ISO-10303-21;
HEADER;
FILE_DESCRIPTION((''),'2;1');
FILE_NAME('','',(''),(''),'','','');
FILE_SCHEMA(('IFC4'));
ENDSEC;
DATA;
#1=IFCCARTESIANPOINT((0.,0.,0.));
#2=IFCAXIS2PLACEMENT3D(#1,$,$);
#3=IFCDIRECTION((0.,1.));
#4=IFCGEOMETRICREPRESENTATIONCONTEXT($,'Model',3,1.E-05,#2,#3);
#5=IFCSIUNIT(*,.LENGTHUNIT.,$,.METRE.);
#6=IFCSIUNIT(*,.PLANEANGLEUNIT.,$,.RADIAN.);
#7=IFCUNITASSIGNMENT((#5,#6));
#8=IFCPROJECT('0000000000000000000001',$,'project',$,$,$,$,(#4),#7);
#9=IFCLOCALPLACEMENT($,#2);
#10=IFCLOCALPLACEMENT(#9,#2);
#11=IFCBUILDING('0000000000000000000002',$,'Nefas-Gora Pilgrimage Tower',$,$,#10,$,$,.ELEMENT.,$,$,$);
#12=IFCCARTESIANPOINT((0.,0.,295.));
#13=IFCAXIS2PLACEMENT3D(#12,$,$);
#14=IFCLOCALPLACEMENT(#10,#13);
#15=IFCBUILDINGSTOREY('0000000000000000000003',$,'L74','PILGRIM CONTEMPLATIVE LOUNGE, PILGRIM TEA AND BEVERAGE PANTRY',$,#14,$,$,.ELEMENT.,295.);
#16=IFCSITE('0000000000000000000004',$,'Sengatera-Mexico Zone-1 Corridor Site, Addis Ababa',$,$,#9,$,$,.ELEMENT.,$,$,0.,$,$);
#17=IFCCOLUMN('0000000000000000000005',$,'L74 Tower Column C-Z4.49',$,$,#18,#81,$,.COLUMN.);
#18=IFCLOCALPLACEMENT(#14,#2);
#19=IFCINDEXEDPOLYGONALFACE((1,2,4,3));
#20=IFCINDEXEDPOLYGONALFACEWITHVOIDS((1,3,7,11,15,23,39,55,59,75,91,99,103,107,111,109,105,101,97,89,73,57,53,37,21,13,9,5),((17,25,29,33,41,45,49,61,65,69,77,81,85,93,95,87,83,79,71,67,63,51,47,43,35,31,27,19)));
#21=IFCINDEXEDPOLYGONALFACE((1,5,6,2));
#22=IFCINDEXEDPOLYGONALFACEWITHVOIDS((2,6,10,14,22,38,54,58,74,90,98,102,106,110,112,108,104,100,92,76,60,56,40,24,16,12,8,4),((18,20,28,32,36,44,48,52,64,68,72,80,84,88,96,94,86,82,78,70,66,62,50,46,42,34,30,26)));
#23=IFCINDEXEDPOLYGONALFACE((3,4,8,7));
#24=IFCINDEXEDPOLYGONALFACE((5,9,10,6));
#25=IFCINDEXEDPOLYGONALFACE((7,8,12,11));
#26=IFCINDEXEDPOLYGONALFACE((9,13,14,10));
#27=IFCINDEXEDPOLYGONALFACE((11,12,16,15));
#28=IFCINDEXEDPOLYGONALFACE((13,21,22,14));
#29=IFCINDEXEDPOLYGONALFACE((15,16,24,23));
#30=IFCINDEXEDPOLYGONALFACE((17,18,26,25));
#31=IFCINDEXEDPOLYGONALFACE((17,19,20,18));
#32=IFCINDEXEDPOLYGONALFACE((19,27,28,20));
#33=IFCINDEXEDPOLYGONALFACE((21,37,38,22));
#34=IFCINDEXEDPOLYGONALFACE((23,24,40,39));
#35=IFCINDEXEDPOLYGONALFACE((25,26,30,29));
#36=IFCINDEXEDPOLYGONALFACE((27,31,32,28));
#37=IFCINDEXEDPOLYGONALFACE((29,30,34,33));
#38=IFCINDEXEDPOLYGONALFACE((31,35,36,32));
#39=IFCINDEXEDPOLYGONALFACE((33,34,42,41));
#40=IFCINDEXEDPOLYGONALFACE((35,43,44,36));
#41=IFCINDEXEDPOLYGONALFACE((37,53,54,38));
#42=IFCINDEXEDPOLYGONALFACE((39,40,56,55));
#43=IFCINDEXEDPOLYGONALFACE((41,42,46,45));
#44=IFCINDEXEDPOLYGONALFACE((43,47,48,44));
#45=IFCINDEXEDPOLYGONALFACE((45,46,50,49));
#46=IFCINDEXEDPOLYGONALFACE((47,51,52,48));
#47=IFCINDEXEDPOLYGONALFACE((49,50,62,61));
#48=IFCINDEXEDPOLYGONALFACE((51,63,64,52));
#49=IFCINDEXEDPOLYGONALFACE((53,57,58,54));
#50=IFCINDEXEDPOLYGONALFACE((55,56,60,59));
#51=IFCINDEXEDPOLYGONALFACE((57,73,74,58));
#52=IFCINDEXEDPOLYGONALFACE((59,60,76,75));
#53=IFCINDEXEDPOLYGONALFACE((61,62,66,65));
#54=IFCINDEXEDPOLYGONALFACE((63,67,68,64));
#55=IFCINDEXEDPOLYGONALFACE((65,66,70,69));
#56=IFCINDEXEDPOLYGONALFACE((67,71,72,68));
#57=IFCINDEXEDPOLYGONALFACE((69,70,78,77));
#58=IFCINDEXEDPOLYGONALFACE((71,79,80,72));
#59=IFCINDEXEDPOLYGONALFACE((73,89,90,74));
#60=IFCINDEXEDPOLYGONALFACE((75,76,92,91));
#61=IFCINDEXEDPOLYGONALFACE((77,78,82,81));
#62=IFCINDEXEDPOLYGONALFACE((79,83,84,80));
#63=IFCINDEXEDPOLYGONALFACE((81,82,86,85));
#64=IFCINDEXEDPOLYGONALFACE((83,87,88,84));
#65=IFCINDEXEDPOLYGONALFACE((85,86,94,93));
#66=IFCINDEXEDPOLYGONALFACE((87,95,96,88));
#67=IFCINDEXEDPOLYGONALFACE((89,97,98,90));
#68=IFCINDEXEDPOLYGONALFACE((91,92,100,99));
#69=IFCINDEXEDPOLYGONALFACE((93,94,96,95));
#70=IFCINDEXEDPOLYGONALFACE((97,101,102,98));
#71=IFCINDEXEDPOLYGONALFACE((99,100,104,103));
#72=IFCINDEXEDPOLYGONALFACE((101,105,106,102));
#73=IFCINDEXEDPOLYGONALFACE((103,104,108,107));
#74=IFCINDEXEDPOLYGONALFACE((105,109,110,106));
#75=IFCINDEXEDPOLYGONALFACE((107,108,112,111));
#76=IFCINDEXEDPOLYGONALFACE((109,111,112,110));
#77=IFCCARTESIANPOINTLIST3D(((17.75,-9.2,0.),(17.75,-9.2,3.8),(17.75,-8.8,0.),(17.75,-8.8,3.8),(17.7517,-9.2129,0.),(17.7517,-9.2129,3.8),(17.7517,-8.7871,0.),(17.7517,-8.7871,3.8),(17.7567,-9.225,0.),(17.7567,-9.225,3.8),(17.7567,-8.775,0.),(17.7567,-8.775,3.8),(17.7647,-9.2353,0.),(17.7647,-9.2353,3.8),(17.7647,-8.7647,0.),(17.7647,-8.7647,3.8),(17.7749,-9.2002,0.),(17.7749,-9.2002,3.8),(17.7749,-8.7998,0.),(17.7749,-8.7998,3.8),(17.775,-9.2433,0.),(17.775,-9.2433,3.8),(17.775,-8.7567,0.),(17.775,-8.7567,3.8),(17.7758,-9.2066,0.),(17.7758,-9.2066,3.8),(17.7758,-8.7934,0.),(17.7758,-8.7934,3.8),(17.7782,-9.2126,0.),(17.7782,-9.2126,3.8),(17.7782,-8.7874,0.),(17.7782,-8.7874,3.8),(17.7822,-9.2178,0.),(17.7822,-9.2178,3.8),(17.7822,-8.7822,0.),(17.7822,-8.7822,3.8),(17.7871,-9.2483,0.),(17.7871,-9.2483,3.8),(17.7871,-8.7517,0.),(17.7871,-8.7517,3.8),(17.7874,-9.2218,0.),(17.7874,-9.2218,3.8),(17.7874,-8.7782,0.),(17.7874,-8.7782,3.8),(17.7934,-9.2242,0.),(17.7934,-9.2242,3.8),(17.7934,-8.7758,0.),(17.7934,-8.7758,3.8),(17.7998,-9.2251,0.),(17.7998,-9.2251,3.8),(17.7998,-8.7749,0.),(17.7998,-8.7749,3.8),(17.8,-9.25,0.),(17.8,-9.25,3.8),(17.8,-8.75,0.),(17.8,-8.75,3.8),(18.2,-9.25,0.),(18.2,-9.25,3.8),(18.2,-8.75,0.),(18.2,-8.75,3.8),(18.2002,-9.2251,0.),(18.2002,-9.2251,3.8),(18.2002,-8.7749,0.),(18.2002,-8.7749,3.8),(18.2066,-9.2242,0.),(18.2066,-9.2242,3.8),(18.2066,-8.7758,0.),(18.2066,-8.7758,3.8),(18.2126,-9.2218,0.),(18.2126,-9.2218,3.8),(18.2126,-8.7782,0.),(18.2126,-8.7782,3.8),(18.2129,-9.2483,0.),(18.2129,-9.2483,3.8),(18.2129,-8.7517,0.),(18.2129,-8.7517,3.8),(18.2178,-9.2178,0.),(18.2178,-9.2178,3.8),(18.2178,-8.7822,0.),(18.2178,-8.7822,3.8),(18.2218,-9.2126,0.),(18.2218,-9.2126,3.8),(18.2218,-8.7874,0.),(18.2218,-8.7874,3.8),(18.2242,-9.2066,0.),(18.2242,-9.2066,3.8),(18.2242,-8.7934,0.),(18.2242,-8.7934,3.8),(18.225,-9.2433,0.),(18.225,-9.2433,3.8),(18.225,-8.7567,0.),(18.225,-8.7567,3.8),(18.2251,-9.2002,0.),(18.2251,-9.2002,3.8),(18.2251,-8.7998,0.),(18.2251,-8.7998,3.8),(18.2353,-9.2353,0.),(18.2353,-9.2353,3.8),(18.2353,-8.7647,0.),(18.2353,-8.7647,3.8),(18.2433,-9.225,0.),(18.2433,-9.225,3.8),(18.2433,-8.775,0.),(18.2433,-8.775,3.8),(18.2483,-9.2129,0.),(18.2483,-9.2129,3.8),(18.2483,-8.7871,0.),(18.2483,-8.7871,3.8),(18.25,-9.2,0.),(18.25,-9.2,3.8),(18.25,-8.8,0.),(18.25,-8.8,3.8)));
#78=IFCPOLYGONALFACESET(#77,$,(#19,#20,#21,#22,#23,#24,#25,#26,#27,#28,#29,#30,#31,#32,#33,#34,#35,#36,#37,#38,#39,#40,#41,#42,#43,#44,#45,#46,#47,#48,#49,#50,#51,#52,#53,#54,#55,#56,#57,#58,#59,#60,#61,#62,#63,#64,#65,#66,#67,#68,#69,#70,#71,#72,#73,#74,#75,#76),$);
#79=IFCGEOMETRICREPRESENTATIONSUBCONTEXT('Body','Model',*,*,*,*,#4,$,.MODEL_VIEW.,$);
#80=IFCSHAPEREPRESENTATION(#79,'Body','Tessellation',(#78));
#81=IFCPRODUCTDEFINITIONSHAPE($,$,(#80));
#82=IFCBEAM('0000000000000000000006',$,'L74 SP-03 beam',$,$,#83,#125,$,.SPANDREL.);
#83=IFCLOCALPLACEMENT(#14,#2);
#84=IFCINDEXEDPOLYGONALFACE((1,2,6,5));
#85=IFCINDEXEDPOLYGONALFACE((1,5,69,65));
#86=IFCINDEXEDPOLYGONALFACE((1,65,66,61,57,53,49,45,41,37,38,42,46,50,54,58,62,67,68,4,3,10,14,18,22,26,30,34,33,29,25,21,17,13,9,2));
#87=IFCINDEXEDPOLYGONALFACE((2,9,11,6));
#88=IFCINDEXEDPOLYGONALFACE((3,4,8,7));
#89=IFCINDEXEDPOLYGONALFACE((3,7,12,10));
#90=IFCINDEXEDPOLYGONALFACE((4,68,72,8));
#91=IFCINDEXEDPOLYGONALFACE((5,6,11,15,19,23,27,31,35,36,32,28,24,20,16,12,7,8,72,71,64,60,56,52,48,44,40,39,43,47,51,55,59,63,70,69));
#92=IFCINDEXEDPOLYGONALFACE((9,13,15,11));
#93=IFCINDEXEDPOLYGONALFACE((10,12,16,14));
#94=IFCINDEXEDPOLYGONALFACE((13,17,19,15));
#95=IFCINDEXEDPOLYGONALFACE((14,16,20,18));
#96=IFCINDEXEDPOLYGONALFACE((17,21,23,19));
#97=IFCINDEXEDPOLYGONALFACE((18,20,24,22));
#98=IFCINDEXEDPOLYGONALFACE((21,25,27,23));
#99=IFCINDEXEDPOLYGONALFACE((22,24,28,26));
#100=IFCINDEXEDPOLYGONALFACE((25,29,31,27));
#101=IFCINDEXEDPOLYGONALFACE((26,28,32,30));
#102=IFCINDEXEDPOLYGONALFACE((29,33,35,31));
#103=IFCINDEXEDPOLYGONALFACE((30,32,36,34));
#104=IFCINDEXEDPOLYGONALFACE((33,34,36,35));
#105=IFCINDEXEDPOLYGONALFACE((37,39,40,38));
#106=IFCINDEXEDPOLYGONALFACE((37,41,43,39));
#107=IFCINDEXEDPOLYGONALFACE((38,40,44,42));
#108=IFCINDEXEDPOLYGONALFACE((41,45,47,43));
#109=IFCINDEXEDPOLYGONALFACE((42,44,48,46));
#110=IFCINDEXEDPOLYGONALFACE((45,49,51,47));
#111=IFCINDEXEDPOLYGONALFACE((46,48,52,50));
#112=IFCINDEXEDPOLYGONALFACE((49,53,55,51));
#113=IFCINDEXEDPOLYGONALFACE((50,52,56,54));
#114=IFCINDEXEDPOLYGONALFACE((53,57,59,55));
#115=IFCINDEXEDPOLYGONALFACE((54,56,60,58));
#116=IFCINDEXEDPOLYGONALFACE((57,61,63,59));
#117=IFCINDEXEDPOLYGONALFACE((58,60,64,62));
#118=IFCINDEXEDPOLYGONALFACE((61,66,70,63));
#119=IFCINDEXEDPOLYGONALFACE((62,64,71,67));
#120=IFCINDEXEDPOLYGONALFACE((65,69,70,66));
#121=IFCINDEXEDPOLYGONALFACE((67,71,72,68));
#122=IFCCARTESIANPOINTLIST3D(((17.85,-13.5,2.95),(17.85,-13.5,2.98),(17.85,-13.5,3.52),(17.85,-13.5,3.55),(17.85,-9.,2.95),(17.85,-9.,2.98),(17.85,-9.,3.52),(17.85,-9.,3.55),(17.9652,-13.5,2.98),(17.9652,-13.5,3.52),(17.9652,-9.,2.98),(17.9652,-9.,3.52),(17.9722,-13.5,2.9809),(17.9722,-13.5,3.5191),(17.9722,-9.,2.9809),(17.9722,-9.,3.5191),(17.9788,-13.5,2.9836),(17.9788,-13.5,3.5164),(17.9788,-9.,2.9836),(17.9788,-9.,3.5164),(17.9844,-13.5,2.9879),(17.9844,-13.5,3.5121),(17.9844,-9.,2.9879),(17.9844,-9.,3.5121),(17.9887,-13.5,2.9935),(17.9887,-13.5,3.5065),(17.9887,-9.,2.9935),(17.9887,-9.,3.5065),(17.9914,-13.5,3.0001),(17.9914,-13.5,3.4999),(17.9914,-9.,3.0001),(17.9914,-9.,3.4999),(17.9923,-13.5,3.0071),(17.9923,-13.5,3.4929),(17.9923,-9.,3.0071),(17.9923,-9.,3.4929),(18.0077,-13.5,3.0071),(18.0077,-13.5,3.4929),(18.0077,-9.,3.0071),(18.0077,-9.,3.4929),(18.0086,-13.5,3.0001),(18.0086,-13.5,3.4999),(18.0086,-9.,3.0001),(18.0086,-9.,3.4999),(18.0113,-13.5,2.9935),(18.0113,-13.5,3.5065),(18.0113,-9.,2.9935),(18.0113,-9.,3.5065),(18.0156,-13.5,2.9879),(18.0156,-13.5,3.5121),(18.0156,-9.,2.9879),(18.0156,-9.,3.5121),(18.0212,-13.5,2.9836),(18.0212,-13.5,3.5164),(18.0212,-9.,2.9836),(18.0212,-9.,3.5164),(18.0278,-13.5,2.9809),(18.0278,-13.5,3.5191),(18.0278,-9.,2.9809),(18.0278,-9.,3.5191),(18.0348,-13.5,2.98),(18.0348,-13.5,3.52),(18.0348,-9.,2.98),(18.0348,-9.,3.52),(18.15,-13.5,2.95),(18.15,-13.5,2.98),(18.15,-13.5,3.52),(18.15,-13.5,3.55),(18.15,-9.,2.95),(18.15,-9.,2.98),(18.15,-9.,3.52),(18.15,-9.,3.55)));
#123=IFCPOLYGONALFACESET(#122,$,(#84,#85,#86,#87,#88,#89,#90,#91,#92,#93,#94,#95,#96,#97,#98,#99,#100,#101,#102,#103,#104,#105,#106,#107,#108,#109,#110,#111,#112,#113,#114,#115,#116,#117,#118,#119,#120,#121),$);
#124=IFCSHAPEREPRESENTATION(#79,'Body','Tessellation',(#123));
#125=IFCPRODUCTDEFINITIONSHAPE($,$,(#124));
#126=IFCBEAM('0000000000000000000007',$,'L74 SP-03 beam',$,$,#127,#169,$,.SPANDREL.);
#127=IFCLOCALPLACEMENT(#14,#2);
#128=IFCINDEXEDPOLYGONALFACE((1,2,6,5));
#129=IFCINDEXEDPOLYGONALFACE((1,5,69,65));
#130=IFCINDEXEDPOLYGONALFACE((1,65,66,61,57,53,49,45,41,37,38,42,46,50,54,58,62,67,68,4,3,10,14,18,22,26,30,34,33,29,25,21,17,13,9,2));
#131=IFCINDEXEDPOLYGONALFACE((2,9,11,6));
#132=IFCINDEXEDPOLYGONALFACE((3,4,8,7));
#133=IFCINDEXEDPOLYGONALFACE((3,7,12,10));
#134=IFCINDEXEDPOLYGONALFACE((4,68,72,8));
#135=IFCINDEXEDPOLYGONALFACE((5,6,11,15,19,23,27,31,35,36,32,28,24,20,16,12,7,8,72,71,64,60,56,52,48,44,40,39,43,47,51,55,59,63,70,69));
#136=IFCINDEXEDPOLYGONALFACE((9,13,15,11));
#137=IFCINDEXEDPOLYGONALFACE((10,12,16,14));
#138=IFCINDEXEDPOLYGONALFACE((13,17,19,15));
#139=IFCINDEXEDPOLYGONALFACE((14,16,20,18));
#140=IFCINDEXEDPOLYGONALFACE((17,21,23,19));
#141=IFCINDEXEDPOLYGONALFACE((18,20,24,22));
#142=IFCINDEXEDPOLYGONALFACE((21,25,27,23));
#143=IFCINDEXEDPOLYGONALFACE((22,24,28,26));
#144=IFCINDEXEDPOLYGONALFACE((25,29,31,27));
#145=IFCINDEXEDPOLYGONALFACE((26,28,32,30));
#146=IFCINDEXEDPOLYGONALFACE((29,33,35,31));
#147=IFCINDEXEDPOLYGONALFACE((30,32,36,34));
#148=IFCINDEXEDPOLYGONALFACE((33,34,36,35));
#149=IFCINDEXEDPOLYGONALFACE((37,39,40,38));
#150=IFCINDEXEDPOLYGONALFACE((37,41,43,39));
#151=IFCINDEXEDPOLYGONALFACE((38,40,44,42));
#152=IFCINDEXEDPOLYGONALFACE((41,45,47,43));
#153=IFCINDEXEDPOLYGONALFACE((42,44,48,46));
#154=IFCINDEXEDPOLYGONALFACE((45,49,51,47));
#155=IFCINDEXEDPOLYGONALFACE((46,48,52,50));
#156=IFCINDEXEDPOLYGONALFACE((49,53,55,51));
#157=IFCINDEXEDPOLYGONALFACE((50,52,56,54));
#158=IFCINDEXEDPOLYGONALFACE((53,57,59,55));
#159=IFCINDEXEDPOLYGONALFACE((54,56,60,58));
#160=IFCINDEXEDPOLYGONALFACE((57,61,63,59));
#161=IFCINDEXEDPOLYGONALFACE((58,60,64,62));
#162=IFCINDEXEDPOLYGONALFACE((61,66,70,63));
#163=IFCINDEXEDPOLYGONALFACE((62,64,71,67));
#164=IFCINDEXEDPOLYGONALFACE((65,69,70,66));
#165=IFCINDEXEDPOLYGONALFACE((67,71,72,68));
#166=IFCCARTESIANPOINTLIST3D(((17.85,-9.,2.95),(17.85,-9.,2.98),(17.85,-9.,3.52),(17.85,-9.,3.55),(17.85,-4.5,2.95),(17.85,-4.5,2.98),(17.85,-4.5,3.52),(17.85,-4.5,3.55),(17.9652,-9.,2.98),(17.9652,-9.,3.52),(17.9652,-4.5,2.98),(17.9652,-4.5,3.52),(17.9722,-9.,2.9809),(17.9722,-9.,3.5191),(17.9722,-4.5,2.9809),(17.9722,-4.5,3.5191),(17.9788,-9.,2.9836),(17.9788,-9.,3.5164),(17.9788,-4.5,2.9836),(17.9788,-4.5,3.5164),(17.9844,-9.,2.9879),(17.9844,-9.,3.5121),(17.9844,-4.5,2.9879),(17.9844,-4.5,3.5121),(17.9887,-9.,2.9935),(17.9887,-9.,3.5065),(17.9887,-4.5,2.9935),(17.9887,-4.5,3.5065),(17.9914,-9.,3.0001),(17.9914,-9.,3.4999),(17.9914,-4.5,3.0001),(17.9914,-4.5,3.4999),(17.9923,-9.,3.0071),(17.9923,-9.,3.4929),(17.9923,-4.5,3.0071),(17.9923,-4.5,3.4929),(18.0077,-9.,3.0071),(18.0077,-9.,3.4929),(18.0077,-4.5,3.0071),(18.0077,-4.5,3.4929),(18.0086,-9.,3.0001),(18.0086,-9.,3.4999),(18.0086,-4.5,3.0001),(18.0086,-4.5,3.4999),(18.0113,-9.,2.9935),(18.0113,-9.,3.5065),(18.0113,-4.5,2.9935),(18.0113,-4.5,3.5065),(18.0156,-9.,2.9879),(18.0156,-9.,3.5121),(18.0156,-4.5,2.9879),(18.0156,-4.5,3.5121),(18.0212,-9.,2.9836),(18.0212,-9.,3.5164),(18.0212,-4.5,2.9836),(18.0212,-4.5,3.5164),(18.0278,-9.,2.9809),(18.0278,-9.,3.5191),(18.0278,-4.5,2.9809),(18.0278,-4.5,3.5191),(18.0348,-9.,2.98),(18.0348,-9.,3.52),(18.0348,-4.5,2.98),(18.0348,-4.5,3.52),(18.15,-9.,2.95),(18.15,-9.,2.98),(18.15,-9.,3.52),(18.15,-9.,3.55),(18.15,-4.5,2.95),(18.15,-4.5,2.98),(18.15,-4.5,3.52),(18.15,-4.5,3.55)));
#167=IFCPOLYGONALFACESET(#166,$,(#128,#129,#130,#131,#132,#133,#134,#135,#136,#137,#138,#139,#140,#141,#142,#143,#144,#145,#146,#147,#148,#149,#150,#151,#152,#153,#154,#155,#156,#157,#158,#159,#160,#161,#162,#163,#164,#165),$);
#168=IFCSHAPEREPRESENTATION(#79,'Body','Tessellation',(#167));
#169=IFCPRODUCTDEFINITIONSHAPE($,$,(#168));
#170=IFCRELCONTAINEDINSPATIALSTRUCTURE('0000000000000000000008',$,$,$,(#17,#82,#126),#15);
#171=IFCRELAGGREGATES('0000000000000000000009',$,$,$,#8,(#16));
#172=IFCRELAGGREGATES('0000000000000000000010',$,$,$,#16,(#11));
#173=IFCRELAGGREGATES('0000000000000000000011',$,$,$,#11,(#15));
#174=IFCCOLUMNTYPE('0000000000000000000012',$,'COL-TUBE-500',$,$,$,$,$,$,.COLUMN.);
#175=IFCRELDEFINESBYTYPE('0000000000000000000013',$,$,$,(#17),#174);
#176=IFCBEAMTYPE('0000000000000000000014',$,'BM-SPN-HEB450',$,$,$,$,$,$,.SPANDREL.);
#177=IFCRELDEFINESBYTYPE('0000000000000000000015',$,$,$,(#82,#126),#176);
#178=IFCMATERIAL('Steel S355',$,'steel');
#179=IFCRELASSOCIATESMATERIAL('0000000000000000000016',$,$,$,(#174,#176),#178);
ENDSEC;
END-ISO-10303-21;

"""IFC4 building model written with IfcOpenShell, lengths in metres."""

from ifc_helpers import new_model, si_unit, direction, frame, origin, origin_2d, place, context, subcontext, project, spatial, hollow_rectangle, i_section, extrude, source, transform, mapped, material, material_profile, profile_set, type_object, element, save


model = new_model("IFC4")

# Units and contexts
model_context = context("Model", 3, precision=1e-05, world=origin(), true_north=direction((0.0, 1.0)))
body_context = subcontext(model_context, "Body", "Model", "MODEL_VIEW")
ifc_project = project(units=[si_unit("LENGTHUNIT", "METRE"), si_unit("PLANEANGLEUNIT", "RADIAN")], contexts=[model_context])

# Site, building, storey
site_placement = place(None, origin())
site = spatial("IfcSite", under=ifc_project, at=site_placement, Name="Sengatera-Mexico Zone-1 Corridor Site, Addis Ababa", CompositionType="ELEMENT", RefElevation=0.0)
building_placement = place(site_placement, origin())
building = spatial("IfcBuilding", under=site, at=building_placement, Name="Nefas-Gora Pilgrimage Tower", CompositionType="ELEMENT")
storey_placement = place(building_placement, frame((0.0, 0.0, 295.0)))
storey = spatial("IfcBuildingStorey", under=building, at=storey_placement, Name="L74", Description="PILGRIM CONTEMPLATIVE LOUNGE, PILGRIM TEA AND BEVERAGE PANTRY", CompositionType="ELEMENT", Elevation=295.0)

# Column
ifc_material_1 = material(Name="Steel S355", Category="steel")
ifc_material_profile_1 = material_profile(ifc_material_1, hollow_rectangle(XDim=0.5, YDim=0.5, WallThickness=0.0249, InnerFilletRadius=0.0249, OuterFilletRadius=0.05, at=origin_2d()), Name="SHS 500x500x25")
ifc_profile_set_1 = profile_set([ifc_material_profile_1], Name="Steel S355")
column_type_1 = type_object("IfcColumnType", Name="COL-TUBE-500", PredefinedType="COLUMN", material=ifc_profile_set_1)
shared_shape_1 = source(origin(), body_context, "Body", "SweptSolid", [
    extrude(hollow_rectangle(XDim=0.5, YDim=0.5, WallThickness=0.0249, InnerFilletRadius=0.0249, OuterFilletRadius=0.05, at=origin_2d()), origin(), (0.0, 0.0, 1.0), 3.8),
])
for number, where, z_axis, x_axis, name in (
    (1, (18.0, -9.0, 0.0), (0.0, 0.0, 1.0), (1.0, 0.0, 0.0), "L74 Tower Column C-Z4.49"),
):
    element("IfcColumn", number, at=place(storey_placement, frame(where, z_axis=z_axis, x_axis=x_axis)), inside=storey, type_object=column_type_1, Name=name, PredefinedType="COLUMN", context=body_context, shape_type="MappedRepresentation", body=[
        mapped(shared_shape_1, transform((0.0, 0.0, 0.0), x_axis=(1.0, 0.0, 0.0), y_axis=(0.0, 1.0, 0.0), z_axis=(0.0, 0.0, 1.0), scale=1.0)),
    ])

# Beams
ifc_material_profile_2 = material_profile(ifc_material_1, i_section(OverallWidth=0.3, OverallDepth=0.6001, WebThickness=0.0154, FlangeThickness=0.03, FilletRadius=0.0271, at=origin_2d()), Name="HEB 600")
ifc_profile_set_2 = profile_set([ifc_material_profile_2], Name="Steel S355")
beam_type_1 = type_object("IfcBeamType", Name="BM-SPN-HEB450", PredefinedType="SPANDREL", material=ifc_profile_set_2)
shared_shape_2 = source(origin(), body_context, "Body", "SweptSolid", [
    extrude(i_section(OverallWidth=0.3, OverallDepth=0.6001, WebThickness=0.0154, FlangeThickness=0.03, FilletRadius=0.0271, at=origin_2d()), origin(), (0.0, 0.0, 1.0), 4.5),
])
for number, where, z_axis, x_axis, name in (
    (2, (18.0, -13.5, 3.25), (0.0, 1.0, 0.0), (-1.0, 0.0, 0.0), "L74 SP-03 beam"),
    (3, (18.0, -9.0, 3.25), (0.0, 1.0, 0.0), (-1.0, 0.0, 0.0), "L74 SP-03 beam"),
):
    element("IfcBeam", number, at=place(storey_placement, frame(where, z_axis=z_axis, x_axis=x_axis)), inside=storey, type_object=beam_type_1, Name=name, PredefinedType="SPANDREL", context=body_context, shape_type="MappedRepresentation", body=[
        mapped(shared_shape_2, transform((0.0, 0.0, 0.0), x_axis=(1.0, 0.0, 0.0), y_axis=(0.0, 1.0, 0.0), z_axis=(0.0, 0.0, 1.0), scale=1.0)),
    ])

save(model, "model.ifc")
